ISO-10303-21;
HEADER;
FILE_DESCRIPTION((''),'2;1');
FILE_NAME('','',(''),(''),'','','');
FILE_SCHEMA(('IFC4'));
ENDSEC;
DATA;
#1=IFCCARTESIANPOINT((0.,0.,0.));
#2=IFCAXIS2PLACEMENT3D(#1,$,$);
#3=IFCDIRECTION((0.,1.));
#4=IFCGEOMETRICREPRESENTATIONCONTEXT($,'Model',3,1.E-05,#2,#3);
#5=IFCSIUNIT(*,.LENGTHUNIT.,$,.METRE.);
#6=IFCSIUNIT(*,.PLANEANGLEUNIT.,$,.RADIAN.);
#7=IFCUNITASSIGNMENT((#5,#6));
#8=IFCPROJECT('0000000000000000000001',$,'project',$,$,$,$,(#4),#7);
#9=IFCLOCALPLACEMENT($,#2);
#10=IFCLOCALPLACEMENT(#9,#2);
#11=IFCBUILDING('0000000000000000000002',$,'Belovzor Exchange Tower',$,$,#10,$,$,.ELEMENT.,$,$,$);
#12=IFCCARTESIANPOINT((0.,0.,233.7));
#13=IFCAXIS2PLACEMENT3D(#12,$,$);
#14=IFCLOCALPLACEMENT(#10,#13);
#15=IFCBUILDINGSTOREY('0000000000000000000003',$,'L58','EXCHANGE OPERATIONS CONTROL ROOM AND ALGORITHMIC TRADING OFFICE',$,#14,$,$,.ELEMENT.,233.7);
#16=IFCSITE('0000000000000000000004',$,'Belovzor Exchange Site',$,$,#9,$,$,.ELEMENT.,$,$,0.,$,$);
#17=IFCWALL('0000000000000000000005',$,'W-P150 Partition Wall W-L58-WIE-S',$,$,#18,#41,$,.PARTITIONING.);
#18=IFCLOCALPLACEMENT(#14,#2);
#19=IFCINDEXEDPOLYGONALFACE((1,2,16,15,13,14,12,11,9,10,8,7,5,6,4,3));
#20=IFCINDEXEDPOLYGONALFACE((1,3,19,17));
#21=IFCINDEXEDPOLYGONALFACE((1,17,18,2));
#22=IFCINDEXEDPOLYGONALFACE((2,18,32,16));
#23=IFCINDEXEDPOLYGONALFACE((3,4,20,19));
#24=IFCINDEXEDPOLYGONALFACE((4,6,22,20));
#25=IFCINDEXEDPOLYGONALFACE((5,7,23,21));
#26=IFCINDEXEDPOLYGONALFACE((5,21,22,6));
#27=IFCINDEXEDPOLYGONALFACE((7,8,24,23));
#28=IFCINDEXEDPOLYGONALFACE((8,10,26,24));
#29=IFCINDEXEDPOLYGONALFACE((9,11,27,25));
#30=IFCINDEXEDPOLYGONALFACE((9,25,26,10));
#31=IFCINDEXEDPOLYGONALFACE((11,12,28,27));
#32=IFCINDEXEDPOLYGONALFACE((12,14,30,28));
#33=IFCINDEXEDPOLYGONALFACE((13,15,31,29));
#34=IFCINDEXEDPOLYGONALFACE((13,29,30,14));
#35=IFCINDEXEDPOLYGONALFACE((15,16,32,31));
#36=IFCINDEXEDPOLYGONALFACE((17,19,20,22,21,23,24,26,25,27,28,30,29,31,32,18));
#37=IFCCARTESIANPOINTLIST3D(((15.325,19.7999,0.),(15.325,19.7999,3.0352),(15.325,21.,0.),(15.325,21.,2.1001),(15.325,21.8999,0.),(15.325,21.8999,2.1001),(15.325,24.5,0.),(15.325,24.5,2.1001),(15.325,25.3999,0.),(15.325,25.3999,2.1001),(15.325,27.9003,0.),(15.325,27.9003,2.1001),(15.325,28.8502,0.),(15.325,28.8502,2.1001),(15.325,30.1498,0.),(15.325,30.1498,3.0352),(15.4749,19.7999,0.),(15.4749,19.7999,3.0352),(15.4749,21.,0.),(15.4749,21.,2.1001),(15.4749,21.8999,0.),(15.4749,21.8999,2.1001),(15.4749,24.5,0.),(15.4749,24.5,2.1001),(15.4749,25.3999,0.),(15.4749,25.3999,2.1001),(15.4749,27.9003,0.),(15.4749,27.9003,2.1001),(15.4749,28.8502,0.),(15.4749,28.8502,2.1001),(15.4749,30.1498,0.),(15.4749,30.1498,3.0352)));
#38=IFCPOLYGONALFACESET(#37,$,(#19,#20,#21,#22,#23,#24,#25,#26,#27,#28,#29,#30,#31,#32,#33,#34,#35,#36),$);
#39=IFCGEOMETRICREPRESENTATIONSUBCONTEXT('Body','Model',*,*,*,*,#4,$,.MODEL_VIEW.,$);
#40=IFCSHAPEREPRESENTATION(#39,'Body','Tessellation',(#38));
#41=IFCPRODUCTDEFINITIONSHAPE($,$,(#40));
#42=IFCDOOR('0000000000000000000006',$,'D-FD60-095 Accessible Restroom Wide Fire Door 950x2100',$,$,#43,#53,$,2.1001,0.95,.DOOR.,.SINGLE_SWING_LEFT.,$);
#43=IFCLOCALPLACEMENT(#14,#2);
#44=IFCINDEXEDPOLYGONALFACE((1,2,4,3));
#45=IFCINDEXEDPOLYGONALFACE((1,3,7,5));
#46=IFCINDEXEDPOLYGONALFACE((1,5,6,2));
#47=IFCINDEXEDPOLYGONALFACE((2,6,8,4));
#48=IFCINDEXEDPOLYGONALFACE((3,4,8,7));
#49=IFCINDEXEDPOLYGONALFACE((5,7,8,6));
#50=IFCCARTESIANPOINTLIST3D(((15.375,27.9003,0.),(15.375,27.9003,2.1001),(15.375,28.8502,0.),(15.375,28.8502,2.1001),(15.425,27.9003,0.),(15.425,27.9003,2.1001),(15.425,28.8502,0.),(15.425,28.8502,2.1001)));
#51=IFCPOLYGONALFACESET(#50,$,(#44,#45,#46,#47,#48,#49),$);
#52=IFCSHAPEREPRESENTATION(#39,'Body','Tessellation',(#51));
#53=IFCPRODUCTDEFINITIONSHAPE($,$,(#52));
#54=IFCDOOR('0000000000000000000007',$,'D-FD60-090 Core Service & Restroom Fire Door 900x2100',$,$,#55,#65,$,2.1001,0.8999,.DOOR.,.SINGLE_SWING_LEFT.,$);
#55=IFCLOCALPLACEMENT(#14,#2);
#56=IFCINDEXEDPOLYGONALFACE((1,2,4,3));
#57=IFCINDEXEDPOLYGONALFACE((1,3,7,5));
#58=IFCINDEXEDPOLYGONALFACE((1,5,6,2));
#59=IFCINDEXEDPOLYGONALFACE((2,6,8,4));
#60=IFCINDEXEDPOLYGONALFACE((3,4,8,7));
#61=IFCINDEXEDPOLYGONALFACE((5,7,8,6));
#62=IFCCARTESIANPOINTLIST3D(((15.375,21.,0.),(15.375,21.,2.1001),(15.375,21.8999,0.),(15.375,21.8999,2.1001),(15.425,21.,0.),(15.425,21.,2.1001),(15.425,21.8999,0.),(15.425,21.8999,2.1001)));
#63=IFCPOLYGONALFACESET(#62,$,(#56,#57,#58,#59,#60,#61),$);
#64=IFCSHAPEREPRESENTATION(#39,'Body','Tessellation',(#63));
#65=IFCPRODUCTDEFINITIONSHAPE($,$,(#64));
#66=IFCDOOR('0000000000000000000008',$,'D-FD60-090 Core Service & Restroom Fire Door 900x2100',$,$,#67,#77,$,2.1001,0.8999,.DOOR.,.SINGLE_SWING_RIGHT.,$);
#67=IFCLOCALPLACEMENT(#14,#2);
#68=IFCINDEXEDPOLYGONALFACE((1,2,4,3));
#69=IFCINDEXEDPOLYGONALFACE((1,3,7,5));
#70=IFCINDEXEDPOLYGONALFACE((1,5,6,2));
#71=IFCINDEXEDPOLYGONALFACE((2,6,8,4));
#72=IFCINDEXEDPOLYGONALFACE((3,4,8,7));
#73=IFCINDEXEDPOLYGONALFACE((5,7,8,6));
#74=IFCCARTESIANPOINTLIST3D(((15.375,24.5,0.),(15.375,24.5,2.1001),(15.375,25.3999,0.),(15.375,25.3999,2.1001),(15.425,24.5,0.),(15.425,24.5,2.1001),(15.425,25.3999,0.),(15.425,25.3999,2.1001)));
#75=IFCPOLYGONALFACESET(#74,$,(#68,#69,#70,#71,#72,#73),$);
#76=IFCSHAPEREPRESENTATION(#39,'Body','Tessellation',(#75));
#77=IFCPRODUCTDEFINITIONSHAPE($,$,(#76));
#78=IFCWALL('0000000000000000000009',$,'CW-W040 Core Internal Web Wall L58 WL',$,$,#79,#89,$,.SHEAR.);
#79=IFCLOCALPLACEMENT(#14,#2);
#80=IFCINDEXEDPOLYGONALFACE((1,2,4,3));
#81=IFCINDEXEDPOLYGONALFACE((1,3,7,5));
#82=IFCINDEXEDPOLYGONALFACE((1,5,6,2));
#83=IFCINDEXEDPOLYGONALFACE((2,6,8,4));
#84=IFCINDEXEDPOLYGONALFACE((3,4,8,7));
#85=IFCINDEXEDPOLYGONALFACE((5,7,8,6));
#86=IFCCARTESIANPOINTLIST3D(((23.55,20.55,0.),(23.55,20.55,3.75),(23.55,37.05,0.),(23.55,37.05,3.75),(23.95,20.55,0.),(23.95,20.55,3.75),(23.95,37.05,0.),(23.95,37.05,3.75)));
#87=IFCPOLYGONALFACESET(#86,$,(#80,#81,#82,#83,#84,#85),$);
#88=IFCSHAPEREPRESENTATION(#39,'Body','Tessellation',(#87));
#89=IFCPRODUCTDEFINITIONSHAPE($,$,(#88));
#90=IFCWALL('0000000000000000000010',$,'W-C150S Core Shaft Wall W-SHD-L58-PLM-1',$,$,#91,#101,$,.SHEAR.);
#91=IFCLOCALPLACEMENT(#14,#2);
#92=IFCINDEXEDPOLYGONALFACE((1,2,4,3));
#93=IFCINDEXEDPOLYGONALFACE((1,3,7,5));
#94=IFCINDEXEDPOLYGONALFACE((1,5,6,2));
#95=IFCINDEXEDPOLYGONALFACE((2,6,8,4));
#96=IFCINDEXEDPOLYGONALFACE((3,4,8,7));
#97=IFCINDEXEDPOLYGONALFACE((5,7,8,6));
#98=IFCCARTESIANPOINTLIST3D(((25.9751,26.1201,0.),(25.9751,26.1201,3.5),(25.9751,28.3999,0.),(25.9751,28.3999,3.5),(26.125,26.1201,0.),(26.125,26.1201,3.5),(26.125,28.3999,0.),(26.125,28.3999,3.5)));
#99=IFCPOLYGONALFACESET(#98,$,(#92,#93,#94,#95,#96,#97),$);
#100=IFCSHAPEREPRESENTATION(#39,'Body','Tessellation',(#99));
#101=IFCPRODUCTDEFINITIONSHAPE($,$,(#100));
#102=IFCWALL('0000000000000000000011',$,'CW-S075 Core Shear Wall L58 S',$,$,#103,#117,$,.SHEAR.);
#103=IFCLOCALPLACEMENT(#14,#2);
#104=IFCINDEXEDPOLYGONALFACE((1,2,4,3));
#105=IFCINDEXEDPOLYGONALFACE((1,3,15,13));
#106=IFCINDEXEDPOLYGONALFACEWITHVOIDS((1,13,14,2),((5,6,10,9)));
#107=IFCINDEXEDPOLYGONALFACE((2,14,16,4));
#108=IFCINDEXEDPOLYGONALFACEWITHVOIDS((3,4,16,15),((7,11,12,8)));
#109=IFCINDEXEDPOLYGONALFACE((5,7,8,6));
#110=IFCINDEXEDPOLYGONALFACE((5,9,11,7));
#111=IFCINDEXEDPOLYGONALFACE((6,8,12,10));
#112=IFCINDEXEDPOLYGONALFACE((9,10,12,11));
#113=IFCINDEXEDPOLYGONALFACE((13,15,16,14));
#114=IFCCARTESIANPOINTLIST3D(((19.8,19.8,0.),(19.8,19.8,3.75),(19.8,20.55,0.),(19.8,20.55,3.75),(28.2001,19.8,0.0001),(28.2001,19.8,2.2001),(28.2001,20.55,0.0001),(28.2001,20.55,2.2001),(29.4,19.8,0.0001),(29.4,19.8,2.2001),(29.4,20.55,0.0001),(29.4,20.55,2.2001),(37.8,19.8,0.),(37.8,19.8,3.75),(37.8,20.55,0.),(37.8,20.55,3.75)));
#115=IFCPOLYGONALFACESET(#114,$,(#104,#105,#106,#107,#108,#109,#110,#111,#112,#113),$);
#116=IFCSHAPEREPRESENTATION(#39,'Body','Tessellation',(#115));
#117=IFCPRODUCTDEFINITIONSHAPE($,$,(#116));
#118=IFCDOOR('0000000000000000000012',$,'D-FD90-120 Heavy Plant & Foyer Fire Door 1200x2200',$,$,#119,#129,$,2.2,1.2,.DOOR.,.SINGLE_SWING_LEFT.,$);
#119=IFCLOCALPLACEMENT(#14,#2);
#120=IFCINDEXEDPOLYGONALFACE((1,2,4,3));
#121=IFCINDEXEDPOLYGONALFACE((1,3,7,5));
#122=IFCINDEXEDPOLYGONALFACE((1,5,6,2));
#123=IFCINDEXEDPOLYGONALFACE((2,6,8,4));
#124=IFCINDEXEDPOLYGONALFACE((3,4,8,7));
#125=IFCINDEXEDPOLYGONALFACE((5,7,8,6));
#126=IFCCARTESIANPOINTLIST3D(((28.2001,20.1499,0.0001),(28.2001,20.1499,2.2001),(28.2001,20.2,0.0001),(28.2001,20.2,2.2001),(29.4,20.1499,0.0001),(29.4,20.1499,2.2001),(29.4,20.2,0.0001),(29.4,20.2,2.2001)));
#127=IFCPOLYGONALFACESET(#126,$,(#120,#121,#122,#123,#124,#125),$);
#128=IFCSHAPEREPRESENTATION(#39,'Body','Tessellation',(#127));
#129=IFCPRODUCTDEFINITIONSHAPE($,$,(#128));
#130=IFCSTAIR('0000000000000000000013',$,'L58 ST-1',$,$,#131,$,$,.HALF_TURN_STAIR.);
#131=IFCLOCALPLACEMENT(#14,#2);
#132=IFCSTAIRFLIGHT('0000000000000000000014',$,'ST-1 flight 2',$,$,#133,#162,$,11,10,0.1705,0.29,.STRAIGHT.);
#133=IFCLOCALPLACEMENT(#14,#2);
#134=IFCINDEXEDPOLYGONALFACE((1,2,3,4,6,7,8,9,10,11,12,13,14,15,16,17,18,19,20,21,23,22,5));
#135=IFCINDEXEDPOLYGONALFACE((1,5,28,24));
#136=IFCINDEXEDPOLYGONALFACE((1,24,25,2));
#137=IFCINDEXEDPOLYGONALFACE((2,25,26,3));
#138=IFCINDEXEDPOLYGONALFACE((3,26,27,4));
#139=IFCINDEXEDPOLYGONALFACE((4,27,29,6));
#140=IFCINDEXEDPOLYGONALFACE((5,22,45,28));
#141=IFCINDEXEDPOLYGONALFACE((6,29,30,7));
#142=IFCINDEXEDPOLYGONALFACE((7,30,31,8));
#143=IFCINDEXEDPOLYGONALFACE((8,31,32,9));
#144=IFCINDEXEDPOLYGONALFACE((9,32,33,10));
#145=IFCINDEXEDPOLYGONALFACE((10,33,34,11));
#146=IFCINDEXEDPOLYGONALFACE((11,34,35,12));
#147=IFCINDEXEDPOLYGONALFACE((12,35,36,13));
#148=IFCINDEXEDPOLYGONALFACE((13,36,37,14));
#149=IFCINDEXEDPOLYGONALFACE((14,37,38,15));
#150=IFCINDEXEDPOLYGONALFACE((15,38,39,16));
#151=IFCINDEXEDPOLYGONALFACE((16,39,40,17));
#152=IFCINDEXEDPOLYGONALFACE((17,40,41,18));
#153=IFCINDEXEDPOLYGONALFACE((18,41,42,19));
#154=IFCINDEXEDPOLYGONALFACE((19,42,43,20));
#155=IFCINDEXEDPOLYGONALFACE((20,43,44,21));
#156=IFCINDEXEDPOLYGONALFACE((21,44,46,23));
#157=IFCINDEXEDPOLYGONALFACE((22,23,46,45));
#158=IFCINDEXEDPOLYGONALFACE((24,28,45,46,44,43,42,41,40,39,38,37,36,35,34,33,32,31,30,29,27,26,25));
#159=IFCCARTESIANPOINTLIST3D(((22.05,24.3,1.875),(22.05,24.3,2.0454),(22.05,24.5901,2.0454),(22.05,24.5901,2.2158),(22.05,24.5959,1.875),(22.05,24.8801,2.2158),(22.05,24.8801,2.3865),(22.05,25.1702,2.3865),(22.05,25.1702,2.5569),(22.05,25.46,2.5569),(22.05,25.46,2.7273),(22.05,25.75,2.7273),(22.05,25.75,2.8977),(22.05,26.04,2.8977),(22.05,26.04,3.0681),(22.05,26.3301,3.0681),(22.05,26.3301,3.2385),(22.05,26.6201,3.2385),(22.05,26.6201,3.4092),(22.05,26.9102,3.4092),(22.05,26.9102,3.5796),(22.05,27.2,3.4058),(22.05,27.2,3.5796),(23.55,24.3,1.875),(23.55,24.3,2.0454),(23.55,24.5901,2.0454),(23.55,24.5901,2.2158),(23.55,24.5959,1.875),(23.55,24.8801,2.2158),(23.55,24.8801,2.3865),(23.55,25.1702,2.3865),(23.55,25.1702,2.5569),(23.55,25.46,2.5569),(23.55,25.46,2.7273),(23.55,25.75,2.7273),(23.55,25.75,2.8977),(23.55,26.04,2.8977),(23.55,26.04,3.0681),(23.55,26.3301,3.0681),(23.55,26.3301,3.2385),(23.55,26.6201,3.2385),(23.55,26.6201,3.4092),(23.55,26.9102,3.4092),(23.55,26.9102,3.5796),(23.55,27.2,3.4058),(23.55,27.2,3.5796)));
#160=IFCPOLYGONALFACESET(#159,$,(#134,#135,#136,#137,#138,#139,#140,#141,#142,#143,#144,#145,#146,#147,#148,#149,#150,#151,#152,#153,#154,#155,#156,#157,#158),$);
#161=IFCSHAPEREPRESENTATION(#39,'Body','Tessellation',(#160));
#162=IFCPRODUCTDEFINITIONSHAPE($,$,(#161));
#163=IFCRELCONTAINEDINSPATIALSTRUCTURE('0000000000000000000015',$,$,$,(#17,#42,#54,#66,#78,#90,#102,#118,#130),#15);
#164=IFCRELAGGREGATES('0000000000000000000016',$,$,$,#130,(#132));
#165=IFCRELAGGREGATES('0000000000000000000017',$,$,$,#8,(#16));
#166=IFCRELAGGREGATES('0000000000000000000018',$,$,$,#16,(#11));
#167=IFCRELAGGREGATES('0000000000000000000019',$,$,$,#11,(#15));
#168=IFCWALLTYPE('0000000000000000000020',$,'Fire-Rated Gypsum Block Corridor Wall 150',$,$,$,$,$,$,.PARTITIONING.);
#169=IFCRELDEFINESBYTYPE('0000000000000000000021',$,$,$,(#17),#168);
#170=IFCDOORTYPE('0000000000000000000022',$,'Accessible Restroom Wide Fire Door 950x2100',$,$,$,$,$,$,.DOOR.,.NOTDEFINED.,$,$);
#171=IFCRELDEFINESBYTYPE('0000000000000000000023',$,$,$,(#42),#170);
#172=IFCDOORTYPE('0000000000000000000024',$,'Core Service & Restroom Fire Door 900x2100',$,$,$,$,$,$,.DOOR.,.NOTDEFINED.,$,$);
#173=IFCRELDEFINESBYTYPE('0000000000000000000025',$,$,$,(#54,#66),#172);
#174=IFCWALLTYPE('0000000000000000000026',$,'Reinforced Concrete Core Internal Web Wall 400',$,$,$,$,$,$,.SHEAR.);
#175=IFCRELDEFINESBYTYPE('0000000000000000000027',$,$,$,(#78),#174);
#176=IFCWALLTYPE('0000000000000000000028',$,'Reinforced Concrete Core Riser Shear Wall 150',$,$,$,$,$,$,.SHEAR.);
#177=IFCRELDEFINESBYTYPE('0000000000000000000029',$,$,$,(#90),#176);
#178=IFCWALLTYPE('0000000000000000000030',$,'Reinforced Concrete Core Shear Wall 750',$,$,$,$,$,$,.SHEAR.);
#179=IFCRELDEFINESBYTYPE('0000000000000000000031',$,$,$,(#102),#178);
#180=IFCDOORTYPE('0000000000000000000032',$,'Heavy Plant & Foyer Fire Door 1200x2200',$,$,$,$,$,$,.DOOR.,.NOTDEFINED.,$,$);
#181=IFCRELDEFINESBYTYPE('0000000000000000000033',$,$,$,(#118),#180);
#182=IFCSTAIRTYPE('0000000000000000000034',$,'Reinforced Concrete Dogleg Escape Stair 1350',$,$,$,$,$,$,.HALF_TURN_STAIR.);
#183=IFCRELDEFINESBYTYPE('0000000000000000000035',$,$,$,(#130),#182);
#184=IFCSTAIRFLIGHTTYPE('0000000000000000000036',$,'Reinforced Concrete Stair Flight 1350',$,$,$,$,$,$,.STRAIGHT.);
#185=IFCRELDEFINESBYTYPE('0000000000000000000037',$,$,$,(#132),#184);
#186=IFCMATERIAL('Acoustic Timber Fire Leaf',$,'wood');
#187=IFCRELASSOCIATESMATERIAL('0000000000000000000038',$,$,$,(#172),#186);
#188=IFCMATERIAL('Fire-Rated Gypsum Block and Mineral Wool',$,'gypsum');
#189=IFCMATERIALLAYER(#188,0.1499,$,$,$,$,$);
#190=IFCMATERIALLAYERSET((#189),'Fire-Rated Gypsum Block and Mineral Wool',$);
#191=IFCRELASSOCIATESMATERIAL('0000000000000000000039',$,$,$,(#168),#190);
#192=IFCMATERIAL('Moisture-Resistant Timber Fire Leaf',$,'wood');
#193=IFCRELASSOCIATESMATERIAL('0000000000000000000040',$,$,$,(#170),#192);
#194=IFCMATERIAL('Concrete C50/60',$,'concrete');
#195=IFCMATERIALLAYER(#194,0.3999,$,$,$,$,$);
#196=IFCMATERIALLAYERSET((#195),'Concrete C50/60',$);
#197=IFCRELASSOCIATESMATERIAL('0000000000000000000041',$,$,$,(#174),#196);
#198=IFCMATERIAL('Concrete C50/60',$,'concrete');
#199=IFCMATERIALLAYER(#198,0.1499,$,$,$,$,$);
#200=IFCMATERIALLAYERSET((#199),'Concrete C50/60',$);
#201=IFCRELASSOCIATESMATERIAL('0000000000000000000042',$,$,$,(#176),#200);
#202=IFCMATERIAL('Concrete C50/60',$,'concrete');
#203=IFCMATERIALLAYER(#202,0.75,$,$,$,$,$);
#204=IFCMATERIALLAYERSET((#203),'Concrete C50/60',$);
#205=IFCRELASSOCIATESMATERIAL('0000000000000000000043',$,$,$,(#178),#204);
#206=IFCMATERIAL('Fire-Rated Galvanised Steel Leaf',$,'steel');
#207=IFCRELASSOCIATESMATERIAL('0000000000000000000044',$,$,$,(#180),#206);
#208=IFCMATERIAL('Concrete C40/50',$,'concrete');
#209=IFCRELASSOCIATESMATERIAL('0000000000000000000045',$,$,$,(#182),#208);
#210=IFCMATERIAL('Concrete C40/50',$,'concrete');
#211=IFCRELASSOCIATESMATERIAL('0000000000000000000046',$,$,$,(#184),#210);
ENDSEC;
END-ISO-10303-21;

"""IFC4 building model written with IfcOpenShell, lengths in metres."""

from ifc_helpers import new_model, si_unit, direction, frame, frame_2d, origin, place, context, subcontext, project, spatial, polyline, rectangle, outline, extrude, material, layer, layer_set, type_object, element, fill, aggregate, save


model = new_model("IFC4")

# Units and contexts
model_context = context("Model", 3, precision=1e-05, world=origin(), true_north=direction((0.0, 1.0)))
body_context = subcontext(model_context, "Body", "Model", "MODEL_VIEW")
ifc_project = project(units=[si_unit("LENGTHUNIT", "METRE"), si_unit("PLANEANGLEUNIT", "RADIAN")], contexts=[model_context])

# Site, building, storey
site_placement = place(None, origin())
site = spatial("IfcSite", under=ifc_project, at=site_placement, Name="Belovzor Exchange Site", CompositionType="ELEMENT", RefElevation=0.0)
building_placement = place(site_placement, origin())
building = spatial("IfcBuilding", under=site, at=building_placement, Name="Belovzor Exchange Tower", CompositionType="ELEMENT")
storey_placement = place(building_placement, frame((0.0, 0.0, 233.7)))
storey = spatial("IfcBuildingStorey", under=building, at=storey_placement, Name="L58", Description="EXCHANGE OPERATIONS CONTROL ROOM AND ALGORITHMIC TRADING OFFICE", CompositionType="ELEMENT", Elevation=233.7)

# Shared definitions
ifc_material_1 = material(Name="Acoustic Timber Fire Leaf", Category="wood")
door_type_1 = type_object("IfcDoorType", Name="Core Service & Restroom Fire Door 900x2100", OperationType="NOTDEFINED", PredefinedType="DOOR", material=ifc_material_1)

# Shared definitions
ifc_material_2 = material(Name="Fire-Rated Gypsum Block and Mineral Wool", Category="gypsum")
ifc_layer_1 = layer(ifc_material_2, 0.1499)
ifc_layer_set_1 = layer_set([ifc_layer_1], Name="Fire-Rated Gypsum Block and Mineral Wool")
wall_type_1 = type_object("IfcWallType", Name="Fire-Rated Gypsum Block Corridor Wall 150", PredefinedType="PARTITIONING", material=ifc_layer_set_1)

# Wall, openings, doors
wall_1_placement = place(storey_placement, frame((15.3999, 19.8, 0.0), z_axis=(0.0, 0.0, 1.0), x_axis=(0.0, 1.0, 0.0)))
wall_1 = element("IfcWall", 1, at=wall_1_placement, inside=storey, type_object=wall_type_1, Name="W-P150 Partition Wall W-L58-WIE-S", PredefinedType="PARTITIONING", context=body_context, shape_type="SweptSolid", body=[
    extrude(rectangle(XDim=10.3499, YDim=0.1499, at=frame_2d((5.1748, 0.0))), origin(), (0.0, 0.0, 1.0), 3.0352),
])
opening_1_placement = place(wall_1_placement, frame((1.2, 0.0, 0.0)))
opening_1 = element("IfcOpeningElement", 2, at=opening_1_placement, cuts=wall_1, PredefinedType="OPENING", context=body_context, shape_type="SweptSolid", body=[
    extrude(rectangle(XDim=0.8999, YDim=2.1001, at=frame_2d((0.45, 1.05))), frame((0.0, 0.085, 0.0), z_axis=(0.0, -1.0, 0.0), x_axis=(1.0, 0.0, 0.0)), (0.0, 0.0, 1.0), 0.1699),
])
opening_2_placement = place(wall_1_placement, frame((4.7, 0.0, 0.0)))
opening_2 = element("IfcOpeningElement", 3, at=opening_2_placement, cuts=wall_1, PredefinedType="OPENING", context=body_context, shape_type="SweptSolid", body=[
    extrude(rectangle(XDim=0.8999, YDim=2.1001, at=frame_2d((0.45, 1.05))), frame((0.0, 0.085, 0.0), z_axis=(0.0, -1.0, 0.0), x_axis=(1.0, 0.0, 0.0)), (0.0, 0.0, 1.0), 0.1699),
])
opening_3_placement = place(wall_1_placement, frame((8.1001, 0.0, 0.0)))
opening_3 = element("IfcOpeningElement", 4, at=opening_3_placement, cuts=wall_1, PredefinedType="OPENING", context=body_context, shape_type="SweptSolid", body=[
    extrude(rectangle(XDim=0.95, YDim=2.1001, at=frame_2d((0.4751, 1.05))), frame((0.0, 0.085, 0.0), z_axis=(0.0, -1.0, 0.0), x_axis=(1.0, 0.0, 0.0)), (0.0, 0.0, 1.0), 0.1699),
])
ifc_material_3 = material(Name="Moisture-Resistant Timber Fire Leaf", Category="wood")
door_type_2 = type_object("IfcDoorType", Name="Accessible Restroom Wide Fire Door 950x2100", OperationType="NOTDEFINED", PredefinedType="DOOR", material=ifc_material_3)
door_1_placement = place(opening_3_placement, origin())
door_1 = element("IfcDoor", 5, at=door_1_placement, inside=storey, type_object=door_type_2, Name="D-FD60-095 Accessible Restroom Wide Fire Door 950x2100", OperationType="SINGLE_SWING_LEFT", OverallHeight=2.1001, OverallWidth=0.95, PredefinedType="DOOR", context=body_context, shape_type="SweptSolid", body=[
    extrude(rectangle(XDim=0.95, YDim=2.1001, at=frame_2d((0.4751, 1.05))), frame((0.0, 0.0249, 0.0), z_axis=(0.0, -1.0, 0.0), x_axis=(1.0, 0.0, 0.0)), (0.0, 0.0, 1.0), 0.05),
])
fill(opening_3, door_1)
door_2_placement = place(opening_1_placement, origin())
door_2 = element("IfcDoor", 6, at=door_2_placement, inside=storey, type_object=door_type_1, Name="D-FD60-090 Core Service & Restroom Fire Door 900x2100", OperationType="SINGLE_SWING_LEFT", OverallHeight=2.1001, OverallWidth=0.8999, PredefinedType="DOOR", context=body_context, shape_type="SweptSolid", body=[
    extrude(rectangle(XDim=0.8999, YDim=2.1001, at=frame_2d((0.45, 1.05))), frame((0.0, 0.0249, 0.0), z_axis=(0.0, -1.0, 0.0), x_axis=(1.0, 0.0, 0.0)), (0.0, 0.0, 1.0), 0.05),
])
fill(opening_1, door_2)
door_3_placement = place(opening_2_placement, origin())
door_3 = element("IfcDoor", 7, at=door_3_placement, inside=storey, type_object=door_type_1, Name="D-FD60-090 Core Service & Restroom Fire Door 900x2100", OperationType="SINGLE_SWING_RIGHT", OverallHeight=2.1001, OverallWidth=0.8999, PredefinedType="DOOR", context=body_context, shape_type="SweptSolid", body=[
    extrude(rectangle(XDim=0.8999, YDim=2.1001, at=frame_2d((0.45, 1.05))), frame((0.0, 0.0249, 0.0), z_axis=(0.0, -1.0, 0.0), x_axis=(1.0, 0.0, 0.0)), (0.0, 0.0, 1.0), 0.05),
])
fill(opening_2, door_3)

# Walls
ifc_material_4 = material(Name="Concrete C50/60", Category="concrete")
ifc_layer_2 = layer(ifc_material_4, 0.3999)
ifc_layer_set_2 = layer_set([ifc_layer_2], Name="Concrete C50/60")
wall_type_2 = type_object("IfcWallType", Name="Reinforced Concrete Core Internal Web Wall 400", PredefinedType="SHEAR", material=ifc_layer_set_2)
wall_2_placement = place(storey_placement, frame((23.75, 20.55, 0.0), z_axis=(0.0, 0.0, 1.0), x_axis=(0.0, 1.0, 0.0)))
element("IfcWall", 8, at=wall_2_placement, inside=storey, type_object=wall_type_2, Name="CW-W040 Core Internal Web Wall L58 WL", PredefinedType="SHEAR", context=body_context, shape_type="SweptSolid", body=[
    extrude(rectangle(XDim=16.5, YDim=0.3999, at=frame_2d((8.25, 0.0))), origin(), (0.0, 0.0, 1.0), 3.75),
])
ifc_material_5 = material(Name="Concrete C50/60", Category="concrete")
ifc_layer_3 = layer(ifc_material_5, 0.1499)
ifc_layer_set_3 = layer_set([ifc_layer_3], Name="Concrete C50/60")
wall_type_3 = type_object("IfcWallType", Name="Reinforced Concrete Core Riser Shear Wall 150", PredefinedType="SHEAR", material=ifc_layer_set_3)
wall_3_placement = place(storey_placement, frame((26.05, 26.1201, 0.0), z_axis=(0.0, 0.0, 1.0), x_axis=(0.0, 1.0, 0.0)))
element("IfcWall", 9, at=wall_3_placement, inside=storey, type_object=wall_type_3, Name="W-C150S Core Shaft Wall W-SHD-L58-PLM-1", PredefinedType="SHEAR", context=body_context, shape_type="SweptSolid", body=[
    extrude(rectangle(XDim=2.2798, YDim=0.1499, at=frame_2d((1.1399, 0.0))), origin(), (0.0, 0.0, 1.0), 3.5),
])

# Wall, opening, door
ifc_material_6 = material(Name="Concrete C50/60", Category="concrete")
ifc_layer_4 = layer(ifc_material_6, 0.75)
ifc_layer_set_4 = layer_set([ifc_layer_4], Name="Concrete C50/60")
wall_type_4 = type_object("IfcWallType", Name="Reinforced Concrete Core Shear Wall 750", PredefinedType="SHEAR", material=ifc_layer_set_4)
wall_4_placement = place(storey_placement, frame((19.8, 20.175, 0.0), z_axis=(0.0, 0.0, 1.0), x_axis=(1.0, 0.0, 0.0)))
wall_4 = element("IfcWall", 10, at=wall_4_placement, inside=storey, type_object=wall_type_4, Name="CW-S075 Core Shear Wall L58 S", PredefinedType="SHEAR", context=body_context, shape_type="SweptSolid", body=[
    extrude(rectangle(XDim=18.0, YDim=0.75, at=frame_2d((9.0, 0.0))), origin(), (0.0, 0.0, 1.0), 3.75),
])
opening_4_placement = place(wall_4_placement, frame((8.3999, 0.0, 0.0)))
opening_4 = element("IfcOpeningElement", 11, at=opening_4_placement, cuts=wall_4, PredefinedType="OPENING", context=body_context, shape_type="SweptSolid", body=[
    extrude(rectangle(XDim=1.2, YDim=2.2, at=frame_2d((0.6001, 1.1001))), frame((0.0, 0.385, 0.0), z_axis=(0.0, -1.0, 0.0), x_axis=(1.0, 0.0, 0.0)), (0.0, 0.0, 1.0), 0.77),
])
ifc_material_7 = material(Name="Fire-Rated Galvanised Steel Leaf", Category="steel")
door_type_3 = type_object("IfcDoorType", Name="Heavy Plant & Foyer Fire Door 1200x2200", OperationType="NOTDEFINED", PredefinedType="DOOR", material=ifc_material_7)
door_4_placement = place(opening_4_placement, origin())
door_4 = element("IfcDoor", 12, at=door_4_placement, inside=storey, type_object=door_type_3, Name="D-FD90-120 Heavy Plant & Foyer Fire Door 1200x2200", OperationType="SINGLE_SWING_LEFT", OverallHeight=2.2, OverallWidth=1.2, PredefinedType="DOOR", context=body_context, shape_type="SweptSolid", body=[
    extrude(rectangle(XDim=1.2, YDim=2.2, at=frame_2d((0.6001, 1.1001))), frame((0.0, 0.0249, 0.0), z_axis=(0.0, -1.0, 0.0), x_axis=(1.0, 0.0, 0.0)), (0.0, 0.0, 1.0), 0.05),
])
fill(opening_4, door_4)

# Stair, stair flight
ifc_material_8 = material(Name="Concrete C40/50", Category="concrete")
stair_type = type_object("IfcStairType", Name="Reinforced Concrete Dogleg Escape Stair 1350", PredefinedType="HALF_TURN_STAIR", material=ifc_material_8)
stair_placement = place(storey_placement, origin())
stair = element("IfcStair", 13, at=stair_placement, inside=storey, type_object=stair_type, Name="L58 ST-1", PredefinedType="HALF_TURN_STAIR")
ifc_material_9 = material(Name="Concrete C40/50", Category="concrete")
stair_flight_type = type_object("IfcStairFlightType", Name="Reinforced Concrete Stair Flight 1350", PredefinedType="STRAIGHT", material=ifc_material_9)
stair_flight_placement = place(storey_placement, frame((22.8, 24.3, 1.875), z_axis=(0.0, 0.0, 1.0), x_axis=(0.0, 1.0, 0.0)))
stair_flight = element("IfcStairFlight", 14, at=stair_flight_placement, type_object=stair_flight_type, Name="ST-1 flight 2", NumberOfRisers=11, NumberOfTreads=10, PredefinedType="STRAIGHT", RiserHeight=0.1705, TreadLength=0.29, context=body_context, shape_type="SweptSolid", body=[
    extrude(outline(polyline([(0.0, 0.0), (0.0, 0.1704), (0.29, 0.1704), (0.29, 0.3408), (0.5801, 0.3408), (0.5801, 0.5115), (0.8701, 0.5115), (0.8701, 0.6819), (1.1599, 0.6819), (1.1599, 0.8523), (1.45, 0.8523), (1.45, 1.0227), (1.74, 1.0227), (1.74, 1.1931), (2.03, 1.1931), (2.03, 1.3635), (2.3201, 1.3635), (2.3201, 1.5342), (2.6101, 1.5342), (2.6101, 1.7046), (2.8999, 1.7046), (2.8999, 1.875), (2.8999, 1.5308), (0.2959, 0.0), (0.0, 0.0)])), frame((0.0, 0.75, 0.0), z_axis=(0.0, -1.0, 0.0), x_axis=(1.0, 0.0, 0.0)), (0.0, 0.0, 1.0), 1.5),
])
aggregate(stair, [stair_flight])

save(model, "model.ifc")
